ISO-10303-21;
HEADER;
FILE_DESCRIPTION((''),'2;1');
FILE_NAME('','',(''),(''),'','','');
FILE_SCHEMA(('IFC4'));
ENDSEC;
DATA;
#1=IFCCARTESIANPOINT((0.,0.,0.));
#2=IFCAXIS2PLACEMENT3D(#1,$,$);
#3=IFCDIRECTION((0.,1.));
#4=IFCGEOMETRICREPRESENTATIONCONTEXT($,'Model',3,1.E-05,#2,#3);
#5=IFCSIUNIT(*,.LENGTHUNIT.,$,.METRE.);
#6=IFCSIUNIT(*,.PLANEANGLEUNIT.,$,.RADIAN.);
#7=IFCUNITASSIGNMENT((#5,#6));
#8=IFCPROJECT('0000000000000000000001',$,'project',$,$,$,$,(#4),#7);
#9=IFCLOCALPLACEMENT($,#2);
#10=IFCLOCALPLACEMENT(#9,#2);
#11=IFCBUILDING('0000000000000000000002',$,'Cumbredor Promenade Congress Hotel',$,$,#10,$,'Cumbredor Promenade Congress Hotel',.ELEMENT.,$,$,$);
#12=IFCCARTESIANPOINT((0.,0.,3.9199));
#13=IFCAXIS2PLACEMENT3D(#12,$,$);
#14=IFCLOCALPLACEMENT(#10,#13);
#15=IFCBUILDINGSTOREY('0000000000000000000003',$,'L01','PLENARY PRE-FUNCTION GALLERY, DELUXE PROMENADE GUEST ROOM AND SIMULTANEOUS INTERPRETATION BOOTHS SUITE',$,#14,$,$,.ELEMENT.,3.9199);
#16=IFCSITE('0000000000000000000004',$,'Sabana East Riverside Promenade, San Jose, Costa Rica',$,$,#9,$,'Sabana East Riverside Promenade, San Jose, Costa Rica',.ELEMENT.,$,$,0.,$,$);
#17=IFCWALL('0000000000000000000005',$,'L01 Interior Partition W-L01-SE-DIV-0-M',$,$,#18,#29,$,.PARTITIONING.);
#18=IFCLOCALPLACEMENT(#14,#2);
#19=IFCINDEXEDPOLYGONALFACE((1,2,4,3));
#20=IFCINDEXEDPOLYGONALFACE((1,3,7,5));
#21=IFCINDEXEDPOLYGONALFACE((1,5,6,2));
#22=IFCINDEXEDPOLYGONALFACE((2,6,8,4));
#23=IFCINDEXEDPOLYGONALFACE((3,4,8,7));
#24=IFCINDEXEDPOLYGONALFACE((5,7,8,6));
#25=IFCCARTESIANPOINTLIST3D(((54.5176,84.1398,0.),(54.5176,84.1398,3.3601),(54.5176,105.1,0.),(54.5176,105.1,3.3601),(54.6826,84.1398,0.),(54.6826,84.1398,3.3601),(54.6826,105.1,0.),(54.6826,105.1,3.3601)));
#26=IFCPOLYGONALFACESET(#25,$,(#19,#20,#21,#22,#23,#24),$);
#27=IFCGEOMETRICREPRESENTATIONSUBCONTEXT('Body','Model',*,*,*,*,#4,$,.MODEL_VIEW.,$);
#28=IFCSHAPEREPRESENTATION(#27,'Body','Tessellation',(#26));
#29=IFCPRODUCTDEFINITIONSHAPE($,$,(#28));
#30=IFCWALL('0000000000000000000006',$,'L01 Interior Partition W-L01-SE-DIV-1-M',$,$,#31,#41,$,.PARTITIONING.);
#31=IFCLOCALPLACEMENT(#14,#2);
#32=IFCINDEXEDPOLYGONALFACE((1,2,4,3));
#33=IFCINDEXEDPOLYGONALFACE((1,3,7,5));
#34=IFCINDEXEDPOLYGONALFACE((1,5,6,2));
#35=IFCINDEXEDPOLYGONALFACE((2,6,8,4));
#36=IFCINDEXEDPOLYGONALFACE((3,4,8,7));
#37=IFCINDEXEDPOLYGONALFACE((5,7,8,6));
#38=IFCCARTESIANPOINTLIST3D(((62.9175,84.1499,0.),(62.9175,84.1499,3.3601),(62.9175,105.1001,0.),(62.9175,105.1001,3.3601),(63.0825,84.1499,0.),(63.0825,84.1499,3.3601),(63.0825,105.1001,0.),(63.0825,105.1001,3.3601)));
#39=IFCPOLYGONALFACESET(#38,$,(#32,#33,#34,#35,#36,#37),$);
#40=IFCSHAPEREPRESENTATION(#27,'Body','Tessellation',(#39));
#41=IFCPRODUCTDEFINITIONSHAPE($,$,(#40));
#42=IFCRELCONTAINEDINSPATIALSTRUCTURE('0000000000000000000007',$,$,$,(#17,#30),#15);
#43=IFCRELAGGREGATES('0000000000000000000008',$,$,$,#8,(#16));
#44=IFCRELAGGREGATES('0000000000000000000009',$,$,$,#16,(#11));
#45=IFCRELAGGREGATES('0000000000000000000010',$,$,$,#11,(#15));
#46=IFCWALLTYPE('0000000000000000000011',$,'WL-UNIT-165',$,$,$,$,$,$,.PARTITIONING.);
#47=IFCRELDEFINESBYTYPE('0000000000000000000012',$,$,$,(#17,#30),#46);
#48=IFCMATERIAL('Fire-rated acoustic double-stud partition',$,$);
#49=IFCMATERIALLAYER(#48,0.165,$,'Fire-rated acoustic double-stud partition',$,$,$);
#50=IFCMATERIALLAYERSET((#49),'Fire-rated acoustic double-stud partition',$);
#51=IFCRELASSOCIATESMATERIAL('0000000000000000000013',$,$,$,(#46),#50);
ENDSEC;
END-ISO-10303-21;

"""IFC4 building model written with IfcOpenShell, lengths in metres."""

from ifc_helpers import new_model, si_unit, direction, frame, frame_2d, origin, place, context, subcontext, project, spatial, rectangle, extrude, material, layer, layer_set, type_object, element, save


model = new_model("IFC4")

# Units and contexts
model_context = context("Model", 3, precision=1e-05, world=origin(), true_north=direction((0.0, 1.0)))
body_context = subcontext(model_context, "Body", "Model", "MODEL_VIEW")
ifc_project = project(units=[si_unit("LENGTHUNIT", "METRE"), si_unit("PLANEANGLEUNIT", "RADIAN")], contexts=[model_context])

# Site, building, storey
site_placement = place(None, origin())
site = spatial("IfcSite", under=ifc_project, at=site_placement, Name="Sabana East Riverside Promenade, San Jose, Costa Rica", LongName="Sabana East Riverside Promenade, San Jose, Costa Rica", CompositionType="ELEMENT", RefElevation=0.0)
building_placement = place(site_placement, origin())
building = spatial("IfcBuilding", under=site, at=building_placement, Name="Cumbredor Promenade Congress Hotel", LongName="Cumbredor Promenade Congress Hotel", CompositionType="ELEMENT")
storey_placement = place(building_placement, frame((0.0, 0.0, 3.9199)))
storey = spatial("IfcBuildingStorey", under=building, at=storey_placement, Name="L01", Description="PLENARY PRE-FUNCTION GALLERY, DELUXE PROMENADE GUEST ROOM AND SIMULTANEOUS INTERPRETATION BOOTHS SUITE", CompositionType="ELEMENT", Elevation=3.9199)

# Walls
ifc_material_1 = material(Name="Fire-rated acoustic double-stud partition")
ifc_layer_1 = layer(ifc_material_1, 0.165, Name="Fire-rated acoustic double-stud partition")
ifc_layer_set_1 = layer_set([ifc_layer_1], Name="Fire-rated acoustic double-stud partition")
wall_type_1 = type_object("IfcWallType", Name="WL-UNIT-165", PredefinedType="PARTITIONING", material=ifc_layer_set_1)
wall_1_placement = place(storey_placement, frame((54.6001, 84.1399, 0.0), z_axis=(0.0, 0.0, 1.0), x_axis=(0.0, 1.0, 0.0)))
element("IfcWall", 1, at=wall_1_placement, inside=storey, type_object=wall_type_1, Name="L01 Interior Partition W-L01-SE-DIV-0-M", PredefinedType="PARTITIONING", context=body_context, shape_type="SweptSolid", body=[
    extrude(rectangle(XDim=20.9602, YDim=0.165, at=frame_2d((10.48, 0.0))), origin(), (0.0, 0.0, 1.0), 3.3601),
])
wall_2_placement = place(storey_placement, frame((63.0, 84.1499, 0.0), z_axis=(0.0, 0.0, 1.0), x_axis=(0.0, 1.0, 0.0)))
element("IfcWall", 2, at=wall_2_placement, inside=storey, type_object=wall_type_1, Name="L01 Interior Partition W-L01-SE-DIV-1-M", PredefinedType="PARTITIONING", context=body_context, shape_type="SweptSolid", body=[
    extrude(rectangle(XDim=20.9502, YDim=0.165, at=frame_2d((10.4751, 0.0))), origin(), (0.0, 0.0, 1.0), 3.3601),
])

save(model, "model.ifc")
